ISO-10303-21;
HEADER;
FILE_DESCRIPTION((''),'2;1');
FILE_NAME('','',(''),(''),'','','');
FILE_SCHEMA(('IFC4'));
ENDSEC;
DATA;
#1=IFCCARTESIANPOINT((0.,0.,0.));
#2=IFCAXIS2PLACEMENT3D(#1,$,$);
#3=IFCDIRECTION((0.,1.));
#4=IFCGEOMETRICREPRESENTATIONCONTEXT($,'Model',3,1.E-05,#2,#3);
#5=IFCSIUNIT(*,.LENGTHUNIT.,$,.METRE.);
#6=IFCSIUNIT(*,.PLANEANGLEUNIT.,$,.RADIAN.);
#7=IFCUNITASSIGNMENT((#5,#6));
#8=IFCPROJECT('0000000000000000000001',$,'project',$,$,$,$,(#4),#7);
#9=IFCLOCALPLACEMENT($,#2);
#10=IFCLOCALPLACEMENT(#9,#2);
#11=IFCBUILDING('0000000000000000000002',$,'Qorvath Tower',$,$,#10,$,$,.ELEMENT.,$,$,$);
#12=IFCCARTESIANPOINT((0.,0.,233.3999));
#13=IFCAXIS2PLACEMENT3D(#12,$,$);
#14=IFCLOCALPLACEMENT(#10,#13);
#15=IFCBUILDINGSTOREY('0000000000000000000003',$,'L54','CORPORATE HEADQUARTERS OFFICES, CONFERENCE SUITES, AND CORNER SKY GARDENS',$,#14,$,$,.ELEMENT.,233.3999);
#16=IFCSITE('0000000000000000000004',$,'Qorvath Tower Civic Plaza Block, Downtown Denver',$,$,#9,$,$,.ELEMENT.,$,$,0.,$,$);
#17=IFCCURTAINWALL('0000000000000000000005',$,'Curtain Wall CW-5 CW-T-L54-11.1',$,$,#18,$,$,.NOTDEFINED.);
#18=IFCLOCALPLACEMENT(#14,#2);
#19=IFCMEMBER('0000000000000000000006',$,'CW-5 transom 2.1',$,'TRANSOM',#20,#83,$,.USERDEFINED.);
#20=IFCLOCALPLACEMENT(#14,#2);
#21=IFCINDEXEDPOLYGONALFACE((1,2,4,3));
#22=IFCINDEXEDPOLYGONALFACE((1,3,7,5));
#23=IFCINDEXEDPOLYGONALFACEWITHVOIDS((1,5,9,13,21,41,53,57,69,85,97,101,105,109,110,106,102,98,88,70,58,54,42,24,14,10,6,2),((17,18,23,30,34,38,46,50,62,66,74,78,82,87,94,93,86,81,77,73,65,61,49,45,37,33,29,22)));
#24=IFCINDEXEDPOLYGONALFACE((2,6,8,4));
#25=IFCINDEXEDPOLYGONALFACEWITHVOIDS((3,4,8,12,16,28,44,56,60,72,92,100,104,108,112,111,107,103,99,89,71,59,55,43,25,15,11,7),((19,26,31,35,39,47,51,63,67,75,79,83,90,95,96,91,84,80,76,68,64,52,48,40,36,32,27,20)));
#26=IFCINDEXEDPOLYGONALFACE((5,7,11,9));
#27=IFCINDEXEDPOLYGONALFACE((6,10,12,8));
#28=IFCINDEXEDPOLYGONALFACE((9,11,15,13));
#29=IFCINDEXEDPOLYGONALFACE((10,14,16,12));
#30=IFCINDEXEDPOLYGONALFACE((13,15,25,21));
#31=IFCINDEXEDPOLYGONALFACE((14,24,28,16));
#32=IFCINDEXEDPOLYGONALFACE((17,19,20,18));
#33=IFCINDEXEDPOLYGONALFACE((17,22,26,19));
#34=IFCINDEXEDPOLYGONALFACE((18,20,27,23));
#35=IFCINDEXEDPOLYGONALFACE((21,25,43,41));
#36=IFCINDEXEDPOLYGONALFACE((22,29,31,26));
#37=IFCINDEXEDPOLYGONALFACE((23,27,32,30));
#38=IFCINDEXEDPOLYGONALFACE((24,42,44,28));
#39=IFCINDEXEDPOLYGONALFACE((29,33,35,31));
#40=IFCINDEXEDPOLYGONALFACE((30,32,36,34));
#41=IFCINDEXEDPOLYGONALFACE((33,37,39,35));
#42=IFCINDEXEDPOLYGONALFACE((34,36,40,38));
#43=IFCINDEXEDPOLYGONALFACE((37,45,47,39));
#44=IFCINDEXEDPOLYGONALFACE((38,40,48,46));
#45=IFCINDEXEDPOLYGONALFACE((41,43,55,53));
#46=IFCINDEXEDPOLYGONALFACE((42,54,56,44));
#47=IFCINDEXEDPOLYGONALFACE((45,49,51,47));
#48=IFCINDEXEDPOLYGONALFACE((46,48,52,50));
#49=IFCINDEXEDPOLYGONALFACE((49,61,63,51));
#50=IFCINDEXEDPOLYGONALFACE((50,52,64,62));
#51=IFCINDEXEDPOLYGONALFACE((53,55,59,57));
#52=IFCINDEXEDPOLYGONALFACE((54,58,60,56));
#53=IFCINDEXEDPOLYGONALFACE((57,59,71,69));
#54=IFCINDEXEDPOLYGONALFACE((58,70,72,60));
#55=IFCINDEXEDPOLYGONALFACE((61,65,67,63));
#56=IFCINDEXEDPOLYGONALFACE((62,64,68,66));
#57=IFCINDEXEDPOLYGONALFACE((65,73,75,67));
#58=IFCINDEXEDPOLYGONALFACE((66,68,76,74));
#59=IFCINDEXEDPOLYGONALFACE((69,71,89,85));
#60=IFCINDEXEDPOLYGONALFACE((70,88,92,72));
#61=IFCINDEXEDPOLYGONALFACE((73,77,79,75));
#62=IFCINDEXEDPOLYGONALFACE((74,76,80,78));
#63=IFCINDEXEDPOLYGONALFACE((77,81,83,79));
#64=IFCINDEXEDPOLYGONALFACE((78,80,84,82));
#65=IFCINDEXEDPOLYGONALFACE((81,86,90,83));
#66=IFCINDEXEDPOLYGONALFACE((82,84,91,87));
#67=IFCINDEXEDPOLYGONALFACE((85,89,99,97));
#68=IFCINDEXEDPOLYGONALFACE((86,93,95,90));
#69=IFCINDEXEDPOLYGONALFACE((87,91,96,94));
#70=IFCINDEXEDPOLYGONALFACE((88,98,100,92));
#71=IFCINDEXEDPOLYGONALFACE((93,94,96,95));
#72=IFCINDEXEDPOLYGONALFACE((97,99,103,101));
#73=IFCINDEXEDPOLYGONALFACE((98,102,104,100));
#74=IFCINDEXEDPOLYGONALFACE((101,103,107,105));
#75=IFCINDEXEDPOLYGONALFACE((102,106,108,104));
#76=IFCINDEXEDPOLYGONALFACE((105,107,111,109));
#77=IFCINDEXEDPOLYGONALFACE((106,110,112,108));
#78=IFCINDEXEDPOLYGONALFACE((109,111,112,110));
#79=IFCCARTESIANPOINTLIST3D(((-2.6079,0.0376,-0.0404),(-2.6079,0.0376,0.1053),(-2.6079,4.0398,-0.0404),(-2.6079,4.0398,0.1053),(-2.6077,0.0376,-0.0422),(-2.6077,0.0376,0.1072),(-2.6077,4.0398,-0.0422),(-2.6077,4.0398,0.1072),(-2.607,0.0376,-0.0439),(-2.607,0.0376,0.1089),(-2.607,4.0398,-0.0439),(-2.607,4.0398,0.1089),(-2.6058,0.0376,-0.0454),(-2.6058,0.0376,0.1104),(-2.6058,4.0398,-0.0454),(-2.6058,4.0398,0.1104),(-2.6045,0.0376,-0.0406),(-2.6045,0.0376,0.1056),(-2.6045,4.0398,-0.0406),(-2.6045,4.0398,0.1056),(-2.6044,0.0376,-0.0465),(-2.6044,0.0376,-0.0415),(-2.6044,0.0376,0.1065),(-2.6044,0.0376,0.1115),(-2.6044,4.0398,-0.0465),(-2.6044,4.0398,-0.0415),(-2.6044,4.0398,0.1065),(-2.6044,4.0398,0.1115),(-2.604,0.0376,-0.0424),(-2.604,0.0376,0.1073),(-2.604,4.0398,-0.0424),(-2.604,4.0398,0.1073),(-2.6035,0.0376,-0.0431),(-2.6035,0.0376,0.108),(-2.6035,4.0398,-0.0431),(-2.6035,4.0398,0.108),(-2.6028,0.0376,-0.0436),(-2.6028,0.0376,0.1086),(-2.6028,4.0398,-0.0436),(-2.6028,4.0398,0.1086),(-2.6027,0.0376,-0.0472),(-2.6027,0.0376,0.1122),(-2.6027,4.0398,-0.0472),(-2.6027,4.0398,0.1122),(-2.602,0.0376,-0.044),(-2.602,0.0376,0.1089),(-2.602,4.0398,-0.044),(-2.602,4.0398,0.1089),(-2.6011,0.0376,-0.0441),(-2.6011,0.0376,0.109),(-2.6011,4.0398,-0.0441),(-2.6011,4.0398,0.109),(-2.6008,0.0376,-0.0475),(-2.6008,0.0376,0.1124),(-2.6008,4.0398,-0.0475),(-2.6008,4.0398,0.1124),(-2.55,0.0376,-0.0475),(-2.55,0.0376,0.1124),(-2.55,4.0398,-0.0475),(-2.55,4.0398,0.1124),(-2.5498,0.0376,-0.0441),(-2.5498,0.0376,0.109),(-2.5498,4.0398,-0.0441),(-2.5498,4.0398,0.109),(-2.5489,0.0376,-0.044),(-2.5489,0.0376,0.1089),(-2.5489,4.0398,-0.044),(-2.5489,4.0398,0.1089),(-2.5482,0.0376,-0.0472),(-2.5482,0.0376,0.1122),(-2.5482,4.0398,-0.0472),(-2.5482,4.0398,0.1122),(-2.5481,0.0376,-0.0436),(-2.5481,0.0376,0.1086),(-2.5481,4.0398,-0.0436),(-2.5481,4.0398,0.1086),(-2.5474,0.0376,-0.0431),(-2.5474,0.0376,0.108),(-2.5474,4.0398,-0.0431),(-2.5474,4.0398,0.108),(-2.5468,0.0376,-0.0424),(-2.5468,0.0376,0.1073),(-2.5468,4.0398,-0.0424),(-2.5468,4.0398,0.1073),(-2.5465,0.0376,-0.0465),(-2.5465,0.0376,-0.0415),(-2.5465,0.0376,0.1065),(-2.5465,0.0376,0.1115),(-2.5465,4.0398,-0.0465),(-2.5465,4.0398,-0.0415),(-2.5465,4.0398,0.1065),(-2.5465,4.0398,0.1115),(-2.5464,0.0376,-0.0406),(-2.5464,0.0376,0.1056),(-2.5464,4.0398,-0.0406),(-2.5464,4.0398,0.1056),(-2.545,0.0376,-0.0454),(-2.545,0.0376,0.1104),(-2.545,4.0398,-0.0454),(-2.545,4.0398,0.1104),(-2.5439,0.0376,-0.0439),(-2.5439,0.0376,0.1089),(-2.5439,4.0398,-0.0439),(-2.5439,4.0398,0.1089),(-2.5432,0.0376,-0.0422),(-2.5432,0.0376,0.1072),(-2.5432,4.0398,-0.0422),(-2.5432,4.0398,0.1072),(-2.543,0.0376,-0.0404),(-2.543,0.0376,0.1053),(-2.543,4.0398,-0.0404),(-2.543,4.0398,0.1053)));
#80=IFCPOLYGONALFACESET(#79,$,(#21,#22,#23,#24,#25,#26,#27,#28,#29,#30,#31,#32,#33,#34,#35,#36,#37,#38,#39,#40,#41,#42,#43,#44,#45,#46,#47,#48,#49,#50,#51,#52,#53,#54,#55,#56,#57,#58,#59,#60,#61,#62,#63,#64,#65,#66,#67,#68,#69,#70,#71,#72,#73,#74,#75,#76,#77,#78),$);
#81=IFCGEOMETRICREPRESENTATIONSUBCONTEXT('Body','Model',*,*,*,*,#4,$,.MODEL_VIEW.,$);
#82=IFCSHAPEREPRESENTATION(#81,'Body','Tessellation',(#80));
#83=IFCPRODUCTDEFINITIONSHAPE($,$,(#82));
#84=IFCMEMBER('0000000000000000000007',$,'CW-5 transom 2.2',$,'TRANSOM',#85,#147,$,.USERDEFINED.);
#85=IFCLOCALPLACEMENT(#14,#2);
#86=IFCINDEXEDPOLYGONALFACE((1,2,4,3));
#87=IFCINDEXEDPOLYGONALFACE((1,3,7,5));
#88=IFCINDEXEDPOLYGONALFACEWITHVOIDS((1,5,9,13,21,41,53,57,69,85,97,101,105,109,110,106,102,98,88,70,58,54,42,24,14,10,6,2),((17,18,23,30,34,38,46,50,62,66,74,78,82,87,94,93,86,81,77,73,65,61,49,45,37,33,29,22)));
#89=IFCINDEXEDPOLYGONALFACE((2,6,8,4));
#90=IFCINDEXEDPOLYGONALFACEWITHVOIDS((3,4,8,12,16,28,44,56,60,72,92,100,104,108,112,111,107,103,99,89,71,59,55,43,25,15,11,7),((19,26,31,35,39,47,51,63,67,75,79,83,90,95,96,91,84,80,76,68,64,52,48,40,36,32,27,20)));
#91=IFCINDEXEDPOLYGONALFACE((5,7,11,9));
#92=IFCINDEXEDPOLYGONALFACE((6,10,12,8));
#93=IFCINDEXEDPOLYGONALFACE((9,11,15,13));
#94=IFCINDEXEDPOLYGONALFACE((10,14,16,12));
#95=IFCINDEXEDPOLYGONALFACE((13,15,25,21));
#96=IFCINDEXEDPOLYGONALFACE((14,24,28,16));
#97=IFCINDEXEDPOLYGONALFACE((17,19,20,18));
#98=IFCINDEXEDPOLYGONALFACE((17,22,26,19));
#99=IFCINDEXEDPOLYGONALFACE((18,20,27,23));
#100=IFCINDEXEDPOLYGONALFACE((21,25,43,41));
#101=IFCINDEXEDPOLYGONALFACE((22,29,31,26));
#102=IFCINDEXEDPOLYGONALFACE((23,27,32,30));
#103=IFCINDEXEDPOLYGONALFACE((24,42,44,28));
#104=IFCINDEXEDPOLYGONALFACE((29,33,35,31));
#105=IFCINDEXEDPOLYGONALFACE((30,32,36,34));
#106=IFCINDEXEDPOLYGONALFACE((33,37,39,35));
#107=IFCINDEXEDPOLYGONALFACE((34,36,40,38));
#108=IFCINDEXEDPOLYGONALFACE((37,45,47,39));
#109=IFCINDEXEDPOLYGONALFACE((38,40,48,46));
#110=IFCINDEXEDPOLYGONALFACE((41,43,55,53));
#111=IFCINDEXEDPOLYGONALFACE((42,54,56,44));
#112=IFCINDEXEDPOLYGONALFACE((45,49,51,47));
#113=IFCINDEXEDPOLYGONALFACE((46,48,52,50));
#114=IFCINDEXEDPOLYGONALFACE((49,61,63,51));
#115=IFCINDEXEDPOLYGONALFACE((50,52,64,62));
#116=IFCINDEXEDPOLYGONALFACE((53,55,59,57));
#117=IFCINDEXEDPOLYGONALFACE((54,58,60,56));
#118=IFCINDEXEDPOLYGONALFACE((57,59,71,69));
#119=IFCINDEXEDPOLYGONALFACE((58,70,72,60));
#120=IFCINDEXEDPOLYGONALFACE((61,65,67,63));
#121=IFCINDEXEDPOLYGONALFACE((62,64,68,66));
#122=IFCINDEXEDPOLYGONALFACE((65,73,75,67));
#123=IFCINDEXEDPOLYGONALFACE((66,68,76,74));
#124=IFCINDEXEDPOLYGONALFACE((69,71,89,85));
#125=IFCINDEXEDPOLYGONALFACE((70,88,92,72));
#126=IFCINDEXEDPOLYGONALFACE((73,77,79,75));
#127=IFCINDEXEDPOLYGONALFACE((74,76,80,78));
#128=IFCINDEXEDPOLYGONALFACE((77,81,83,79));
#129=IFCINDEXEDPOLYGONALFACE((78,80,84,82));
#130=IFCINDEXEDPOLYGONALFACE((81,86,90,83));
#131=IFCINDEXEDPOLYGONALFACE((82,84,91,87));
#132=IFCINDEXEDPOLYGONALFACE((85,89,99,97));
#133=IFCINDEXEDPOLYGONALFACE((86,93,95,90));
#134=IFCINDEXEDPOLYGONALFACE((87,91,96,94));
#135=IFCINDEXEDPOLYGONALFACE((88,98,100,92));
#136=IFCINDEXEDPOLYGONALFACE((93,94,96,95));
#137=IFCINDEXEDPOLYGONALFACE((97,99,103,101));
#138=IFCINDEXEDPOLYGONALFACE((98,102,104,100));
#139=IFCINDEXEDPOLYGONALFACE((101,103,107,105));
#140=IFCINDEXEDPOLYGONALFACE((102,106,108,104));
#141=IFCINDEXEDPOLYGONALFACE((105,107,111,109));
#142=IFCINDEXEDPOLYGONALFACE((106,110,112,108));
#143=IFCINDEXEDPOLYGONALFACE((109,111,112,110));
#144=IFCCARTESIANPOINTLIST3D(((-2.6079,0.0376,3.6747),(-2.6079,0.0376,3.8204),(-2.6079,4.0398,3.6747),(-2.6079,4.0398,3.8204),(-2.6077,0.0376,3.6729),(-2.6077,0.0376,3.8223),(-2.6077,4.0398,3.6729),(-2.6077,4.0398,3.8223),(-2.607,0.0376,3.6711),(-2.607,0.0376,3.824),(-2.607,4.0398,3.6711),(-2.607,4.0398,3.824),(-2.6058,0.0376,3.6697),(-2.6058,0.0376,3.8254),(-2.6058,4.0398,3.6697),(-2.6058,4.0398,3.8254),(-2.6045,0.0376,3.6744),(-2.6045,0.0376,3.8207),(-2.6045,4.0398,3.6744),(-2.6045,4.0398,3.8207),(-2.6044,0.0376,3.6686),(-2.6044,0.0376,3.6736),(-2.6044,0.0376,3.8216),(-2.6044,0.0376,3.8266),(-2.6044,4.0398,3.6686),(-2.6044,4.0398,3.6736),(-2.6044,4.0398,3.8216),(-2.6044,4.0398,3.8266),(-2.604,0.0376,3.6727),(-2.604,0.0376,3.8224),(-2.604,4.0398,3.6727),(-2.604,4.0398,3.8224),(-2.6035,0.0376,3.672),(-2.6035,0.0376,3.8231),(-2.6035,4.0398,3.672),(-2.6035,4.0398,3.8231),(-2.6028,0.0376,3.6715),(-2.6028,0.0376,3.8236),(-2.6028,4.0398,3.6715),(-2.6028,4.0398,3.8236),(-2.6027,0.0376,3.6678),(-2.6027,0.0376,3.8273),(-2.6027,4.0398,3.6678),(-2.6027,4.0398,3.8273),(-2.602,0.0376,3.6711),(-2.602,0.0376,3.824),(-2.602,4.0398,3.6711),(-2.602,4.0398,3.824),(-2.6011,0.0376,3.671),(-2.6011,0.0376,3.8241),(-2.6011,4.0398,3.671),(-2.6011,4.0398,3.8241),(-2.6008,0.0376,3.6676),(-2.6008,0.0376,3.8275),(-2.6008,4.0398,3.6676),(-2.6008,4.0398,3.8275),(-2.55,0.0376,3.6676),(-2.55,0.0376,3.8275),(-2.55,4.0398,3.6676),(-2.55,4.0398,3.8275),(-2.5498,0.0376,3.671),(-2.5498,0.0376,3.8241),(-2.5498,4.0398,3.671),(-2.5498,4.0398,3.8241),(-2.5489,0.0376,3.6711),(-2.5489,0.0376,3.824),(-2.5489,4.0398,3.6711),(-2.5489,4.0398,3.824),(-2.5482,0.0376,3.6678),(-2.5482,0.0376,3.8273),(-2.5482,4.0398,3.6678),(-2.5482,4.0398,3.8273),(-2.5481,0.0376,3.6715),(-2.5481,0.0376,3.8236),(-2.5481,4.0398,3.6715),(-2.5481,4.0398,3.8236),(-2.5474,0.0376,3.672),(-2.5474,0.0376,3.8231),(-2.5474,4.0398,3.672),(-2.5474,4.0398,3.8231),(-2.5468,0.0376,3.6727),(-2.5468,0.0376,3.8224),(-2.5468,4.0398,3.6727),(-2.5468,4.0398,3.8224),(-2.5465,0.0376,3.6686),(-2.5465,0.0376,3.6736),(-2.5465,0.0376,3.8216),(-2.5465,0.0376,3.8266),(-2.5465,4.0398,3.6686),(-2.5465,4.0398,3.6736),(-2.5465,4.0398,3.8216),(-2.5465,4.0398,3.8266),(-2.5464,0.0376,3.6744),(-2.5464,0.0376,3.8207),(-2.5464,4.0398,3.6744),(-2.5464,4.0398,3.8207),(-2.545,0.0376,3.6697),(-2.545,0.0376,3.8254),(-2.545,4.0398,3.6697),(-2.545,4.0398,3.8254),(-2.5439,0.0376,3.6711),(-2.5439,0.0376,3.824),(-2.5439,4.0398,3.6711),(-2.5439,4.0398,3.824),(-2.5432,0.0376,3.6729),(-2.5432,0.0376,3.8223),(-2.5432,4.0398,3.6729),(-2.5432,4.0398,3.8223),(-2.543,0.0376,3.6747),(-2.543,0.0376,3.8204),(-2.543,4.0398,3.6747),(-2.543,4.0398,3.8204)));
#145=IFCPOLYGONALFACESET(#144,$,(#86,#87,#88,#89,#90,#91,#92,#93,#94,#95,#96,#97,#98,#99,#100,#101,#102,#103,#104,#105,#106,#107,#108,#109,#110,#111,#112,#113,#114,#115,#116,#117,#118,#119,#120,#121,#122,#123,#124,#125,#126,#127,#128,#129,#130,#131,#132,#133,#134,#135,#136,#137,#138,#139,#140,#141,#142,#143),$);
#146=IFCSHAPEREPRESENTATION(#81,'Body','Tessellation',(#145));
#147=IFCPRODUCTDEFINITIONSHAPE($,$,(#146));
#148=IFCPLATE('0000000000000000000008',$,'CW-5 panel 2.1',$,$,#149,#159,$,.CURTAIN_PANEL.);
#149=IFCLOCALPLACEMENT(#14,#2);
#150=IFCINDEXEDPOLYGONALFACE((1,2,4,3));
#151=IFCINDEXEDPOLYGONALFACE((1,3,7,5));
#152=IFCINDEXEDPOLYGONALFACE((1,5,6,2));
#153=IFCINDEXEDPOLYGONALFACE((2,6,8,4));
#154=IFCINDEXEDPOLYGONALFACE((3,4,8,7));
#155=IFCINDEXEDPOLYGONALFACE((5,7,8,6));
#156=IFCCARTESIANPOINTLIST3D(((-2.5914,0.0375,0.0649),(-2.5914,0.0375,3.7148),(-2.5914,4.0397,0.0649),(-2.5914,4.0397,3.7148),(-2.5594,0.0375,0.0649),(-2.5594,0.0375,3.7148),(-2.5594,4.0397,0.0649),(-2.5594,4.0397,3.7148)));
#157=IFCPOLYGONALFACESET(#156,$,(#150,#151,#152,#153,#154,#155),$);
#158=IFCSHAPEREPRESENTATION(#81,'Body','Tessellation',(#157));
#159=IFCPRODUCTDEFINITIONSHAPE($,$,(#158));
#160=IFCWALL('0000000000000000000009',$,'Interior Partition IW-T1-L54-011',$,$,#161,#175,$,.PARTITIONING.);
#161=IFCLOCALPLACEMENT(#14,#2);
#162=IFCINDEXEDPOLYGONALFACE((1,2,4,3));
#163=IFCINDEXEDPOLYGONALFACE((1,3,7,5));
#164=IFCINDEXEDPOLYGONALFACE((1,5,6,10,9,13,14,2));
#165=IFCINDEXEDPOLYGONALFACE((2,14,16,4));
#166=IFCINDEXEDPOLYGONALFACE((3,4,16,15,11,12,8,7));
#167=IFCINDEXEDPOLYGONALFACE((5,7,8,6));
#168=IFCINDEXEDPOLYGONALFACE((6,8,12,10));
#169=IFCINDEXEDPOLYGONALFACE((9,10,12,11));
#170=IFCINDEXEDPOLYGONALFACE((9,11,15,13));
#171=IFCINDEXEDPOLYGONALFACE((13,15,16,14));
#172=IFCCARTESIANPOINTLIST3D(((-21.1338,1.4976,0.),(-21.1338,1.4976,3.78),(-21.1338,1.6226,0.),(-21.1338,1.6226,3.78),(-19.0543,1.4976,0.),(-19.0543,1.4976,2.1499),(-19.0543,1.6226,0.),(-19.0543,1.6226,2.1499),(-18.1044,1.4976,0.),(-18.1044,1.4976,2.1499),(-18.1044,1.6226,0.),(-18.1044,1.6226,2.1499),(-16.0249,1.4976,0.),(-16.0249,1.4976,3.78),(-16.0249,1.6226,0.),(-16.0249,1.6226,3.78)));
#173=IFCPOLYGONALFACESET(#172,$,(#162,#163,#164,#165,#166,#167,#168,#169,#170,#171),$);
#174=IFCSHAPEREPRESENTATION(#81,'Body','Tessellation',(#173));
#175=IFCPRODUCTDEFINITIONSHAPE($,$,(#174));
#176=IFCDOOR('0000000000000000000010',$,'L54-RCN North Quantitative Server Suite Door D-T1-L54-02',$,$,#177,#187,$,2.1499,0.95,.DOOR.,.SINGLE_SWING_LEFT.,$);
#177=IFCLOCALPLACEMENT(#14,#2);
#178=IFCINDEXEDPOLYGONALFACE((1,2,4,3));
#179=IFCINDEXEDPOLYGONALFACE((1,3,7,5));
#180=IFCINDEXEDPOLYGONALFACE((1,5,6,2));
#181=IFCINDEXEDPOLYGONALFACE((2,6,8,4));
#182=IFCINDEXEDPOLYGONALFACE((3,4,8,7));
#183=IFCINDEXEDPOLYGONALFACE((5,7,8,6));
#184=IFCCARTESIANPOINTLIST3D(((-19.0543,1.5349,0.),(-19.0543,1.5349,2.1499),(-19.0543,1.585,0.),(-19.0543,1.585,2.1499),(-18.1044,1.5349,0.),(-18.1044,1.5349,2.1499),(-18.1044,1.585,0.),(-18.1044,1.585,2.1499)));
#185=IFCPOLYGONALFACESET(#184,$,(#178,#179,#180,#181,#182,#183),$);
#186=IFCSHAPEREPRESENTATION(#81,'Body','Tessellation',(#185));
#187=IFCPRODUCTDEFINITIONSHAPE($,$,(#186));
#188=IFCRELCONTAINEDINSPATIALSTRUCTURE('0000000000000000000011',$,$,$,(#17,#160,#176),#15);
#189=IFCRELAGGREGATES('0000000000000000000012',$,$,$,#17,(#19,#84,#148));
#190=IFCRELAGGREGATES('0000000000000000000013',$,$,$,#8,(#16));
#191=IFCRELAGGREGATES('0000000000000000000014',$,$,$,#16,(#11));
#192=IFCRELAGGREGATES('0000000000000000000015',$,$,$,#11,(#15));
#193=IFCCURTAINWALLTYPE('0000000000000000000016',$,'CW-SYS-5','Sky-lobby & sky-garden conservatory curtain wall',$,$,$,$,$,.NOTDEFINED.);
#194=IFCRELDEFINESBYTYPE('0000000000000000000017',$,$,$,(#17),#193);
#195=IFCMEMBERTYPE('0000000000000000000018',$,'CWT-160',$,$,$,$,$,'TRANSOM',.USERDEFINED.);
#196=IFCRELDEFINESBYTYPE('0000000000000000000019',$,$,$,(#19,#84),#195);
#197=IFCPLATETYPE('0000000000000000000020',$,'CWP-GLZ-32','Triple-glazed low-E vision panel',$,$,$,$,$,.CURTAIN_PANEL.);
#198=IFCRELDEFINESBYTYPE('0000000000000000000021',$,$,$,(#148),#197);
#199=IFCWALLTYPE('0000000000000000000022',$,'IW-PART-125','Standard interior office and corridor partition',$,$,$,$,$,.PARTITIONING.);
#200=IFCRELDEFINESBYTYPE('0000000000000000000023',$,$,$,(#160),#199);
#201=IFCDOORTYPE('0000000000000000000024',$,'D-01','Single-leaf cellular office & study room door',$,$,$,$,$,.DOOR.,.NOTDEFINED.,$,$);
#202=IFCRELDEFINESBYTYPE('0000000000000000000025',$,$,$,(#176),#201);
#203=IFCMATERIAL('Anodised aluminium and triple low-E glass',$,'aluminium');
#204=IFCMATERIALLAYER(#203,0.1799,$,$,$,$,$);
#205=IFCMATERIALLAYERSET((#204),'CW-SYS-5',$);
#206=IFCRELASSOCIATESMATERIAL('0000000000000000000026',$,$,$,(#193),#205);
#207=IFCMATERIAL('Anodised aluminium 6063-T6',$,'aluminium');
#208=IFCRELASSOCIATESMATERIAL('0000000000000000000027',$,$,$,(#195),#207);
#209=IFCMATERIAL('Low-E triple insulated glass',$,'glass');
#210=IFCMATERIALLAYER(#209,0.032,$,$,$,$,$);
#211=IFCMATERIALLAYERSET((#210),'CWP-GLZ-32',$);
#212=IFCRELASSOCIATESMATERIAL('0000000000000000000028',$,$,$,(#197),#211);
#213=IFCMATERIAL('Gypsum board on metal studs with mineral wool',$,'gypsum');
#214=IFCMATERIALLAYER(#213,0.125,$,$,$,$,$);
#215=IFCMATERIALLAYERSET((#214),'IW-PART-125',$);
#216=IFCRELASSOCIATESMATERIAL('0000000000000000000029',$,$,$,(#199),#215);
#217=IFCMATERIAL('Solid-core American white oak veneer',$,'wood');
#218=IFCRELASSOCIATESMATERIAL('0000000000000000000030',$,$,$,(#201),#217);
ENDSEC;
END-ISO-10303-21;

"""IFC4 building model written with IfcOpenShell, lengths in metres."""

from ifc_helpers import new_model, si_unit, direction, frame, frame_2d, origin, origin_2d, place, context, subcontext, project, spatial, rectangle, hollow_rectangle, extrude, material, layer, layer_set, material_profile, profile_set, type_object, element, fill, aggregate, save


model = new_model("IFC4")

# Units and contexts
model_context = context("Model", 3, precision=1e-05, world=origin(), true_north=direction((0.0, 1.0)))
body_context = subcontext(model_context, "Body", "Model", "MODEL_VIEW")
ifc_project = project(units=[si_unit("LENGTHUNIT", "METRE"), si_unit("PLANEANGLEUNIT", "RADIAN")], contexts=[model_context])

# Site, building, storey
site_placement = place(None, origin())
site = spatial("IfcSite", under=ifc_project, at=site_placement, Name="Qorvath Tower Civic Plaza Block, Downtown Denver", CompositionType="ELEMENT", RefElevation=0.0)
building_placement = place(site_placement, origin())
building = spatial("IfcBuilding", under=site, at=building_placement, Name="Qorvath Tower", CompositionType="ELEMENT")
storey_placement = place(building_placement, frame((0.0, 0.0, 233.3999)))
storey = spatial("IfcBuildingStorey", under=building, at=storey_placement, Name="L54", Description="CORPORATE HEADQUARTERS OFFICES, CONFERENCE SUITES, AND CORNER SKY GARDENS", CompositionType="ELEMENT", Elevation=233.3999)

# Curtain wall, members, plate
ifc_material_1 = material(Name="Anodised aluminium and triple low-E glass", Category="aluminium")
ifc_layer_1 = layer(ifc_material_1, 0.1799)
ifc_layer_set_1 = layer_set([ifc_layer_1], Name="CW-SYS-5")
curtain_wall_type = type_object("IfcCurtainWallType", Name="CW-SYS-5", Description="Sky-lobby & sky-garden conservatory curtain wall", PredefinedType="NOTDEFINED", material=ifc_layer_set_1)
curtain_wall_placement = place(storey_placement, origin())
curtain_wall = element("IfcCurtainWall", 1, at=curtain_wall_placement, inside=storey, type_object=curtain_wall_type, Name="Curtain Wall CW-5 CW-T-L54-11.1", PredefinedType="NOTDEFINED")
ifc_material_2 = material(Name="Anodised aluminium 6063-T6", Category="aluminium")
ifc_material_profile = material_profile(ifc_material_2, hollow_rectangle(XDim=0.0649, YDim=0.1599, WallThickness=0.0034, InnerFilletRadius=0.0034, OuterFilletRadius=0.0071, at=origin_2d()), Name="CWT 160x65")
ifc_profile_set = profile_set([ifc_material_profile], Name="Anodised aluminium 6063-T6")
member_type = type_object("IfcMemberType", Name="CWT-160", ElementType="TRANSOM", PredefinedType="USERDEFINED", material=ifc_profile_set)
member_1_placement = place(storey_placement, frame((-2.5754, 0.0376, 0.0325), z_axis=(0.0, 1.0, 0.0), x_axis=(-1.0, 0.0, 0.0)))
member_1 = element("IfcMember", 2, at=member_1_placement, type_object=member_type, Name="CW-5 transom 2.1", ObjectType="TRANSOM", PredefinedType="USERDEFINED", context=body_context, shape_type="SweptSolid", body=[
    extrude(hollow_rectangle(XDim=0.0649, YDim=0.1599, WallThickness=0.0034, InnerFilletRadius=0.0034, OuterFilletRadius=0.0071, at=origin_2d()), origin(), (0.0, 0.0, 1.0), 4.0022),
])
member_2_placement = place(storey_placement, frame((-2.5754, 0.0376, 3.7476), z_axis=(0.0, 1.0, 0.0), x_axis=(-1.0, 0.0, 0.0)))
member_2 = element("IfcMember", 3, at=member_2_placement, type_object=member_type, Name="CW-5 transom 2.2", ObjectType="TRANSOM", PredefinedType="USERDEFINED", context=body_context, shape_type="SweptSolid", body=[
    extrude(hollow_rectangle(XDim=0.0649, YDim=0.1599, WallThickness=0.0034, InnerFilletRadius=0.0034, OuterFilletRadius=0.0071, at=origin_2d()), origin(), (0.0, 0.0, 1.0), 4.0022),
])
ifc_material_3 = material(Name="Low-E triple insulated glass", Category="glass")
ifc_layer_2 = layer(ifc_material_3, 0.032)
ifc_layer_set_2 = layer_set([ifc_layer_2], Name="CWP-GLZ-32")
plate_type = type_object("IfcPlateType", Name="CWP-GLZ-32", Description="Triple-glazed low-E vision panel", PredefinedType="CURTAIN_PANEL", material=ifc_layer_set_2)
plate_placement = place(storey_placement, frame((-2.5754, 2.0386, 0.0649), z_axis=(0.0, 0.0, 1.0), x_axis=(0.0, 1.0, 0.0)))
plate = element("IfcPlate", 4, at=plate_placement, type_object=plate_type, Name="CW-5 panel 2.1", PredefinedType="CURTAIN_PANEL", context=body_context, shape_type="SweptSolid", body=[
    extrude(rectangle(XDim=4.0022, YDim=0.032, at=origin_2d()), origin(), (0.0, 0.0, 1.0), 3.6499),
])
aggregate(curtain_wall, [member_1, member_2, plate])

# Wall, opening, door
ifc_material_4 = material(Name="Gypsum board on metal studs with mineral wool", Category="gypsum")
ifc_layer_3 = layer(ifc_material_4, 0.125)
ifc_layer_set_3 = layer_set([ifc_layer_3], Name="IW-PART-125")
wall_type_1 = type_object("IfcWallType", Name="IW-PART-125", Description="Standard interior office and corridor partition", PredefinedType="PARTITIONING", material=ifc_layer_set_3)
wall_1_placement = place(storey_placement, frame((-21.1338, 1.5601, 0.0), z_axis=(0.0, 0.0, 1.0), x_axis=(1.0, 0.0, 0.0)))
wall_1 = element("IfcWall", 5, at=wall_1_placement, inside=storey, type_object=wall_type_1, Name="Interior Partition IW-T1-L54-011", PredefinedType="PARTITIONING", context=body_context, shape_type="SweptSolid", body=[
    extrude(rectangle(XDim=5.1089, YDim=0.125, at=frame_2d((2.5544, 0.0))), origin(), (0.0, 0.0, 1.0), 3.78),
])
opening_placement = place(wall_1_placement, frame((2.0793, 0.0, 0.0)))
opening = element("IfcOpeningElement", 6, at=opening_placement, cuts=wall_1, PredefinedType="OPENING", context=body_context, shape_type="SweptSolid", body=[
    extrude(rectangle(XDim=0.95, YDim=2.1499, at=frame_2d((0.4751, 1.075))), frame((0.0, 0.0725, 0.0), z_axis=(0.0, -1.0, 0.0), x_axis=(1.0, 0.0, 0.0)), (0.0, 0.0, 1.0), 0.145),
])
ifc_material_5 = material(Name="Solid-core American white oak veneer", Category="wood")
door_type = type_object("IfcDoorType", Name="D-01", Description="Single-leaf cellular office & study room door", OperationType="NOTDEFINED", PredefinedType="DOOR", material=ifc_material_5)
door_placement = place(opening_placement, origin())
door = element("IfcDoor", 7, at=door_placement, inside=storey, type_object=door_type, Name="L54-RCN North Quantitative Server Suite Door D-T1-L54-02", OperationType="SINGLE_SWING_LEFT", OverallHeight=2.1499, OverallWidth=0.95, PredefinedType="DOOR", context=body_context, shape_type="SweptSolid", body=[
    extrude(rectangle(XDim=0.95, YDim=2.1499, at=frame_2d((0.4751, 1.075))), frame((0.0, 0.0249, 0.0), z_axis=(0.0, -1.0, 0.0), x_axis=(1.0, 0.0, 0.0)), (0.0, 0.0, 1.0), 0.05),
])
fill(opening, door)

save(model, "model.ifc")
